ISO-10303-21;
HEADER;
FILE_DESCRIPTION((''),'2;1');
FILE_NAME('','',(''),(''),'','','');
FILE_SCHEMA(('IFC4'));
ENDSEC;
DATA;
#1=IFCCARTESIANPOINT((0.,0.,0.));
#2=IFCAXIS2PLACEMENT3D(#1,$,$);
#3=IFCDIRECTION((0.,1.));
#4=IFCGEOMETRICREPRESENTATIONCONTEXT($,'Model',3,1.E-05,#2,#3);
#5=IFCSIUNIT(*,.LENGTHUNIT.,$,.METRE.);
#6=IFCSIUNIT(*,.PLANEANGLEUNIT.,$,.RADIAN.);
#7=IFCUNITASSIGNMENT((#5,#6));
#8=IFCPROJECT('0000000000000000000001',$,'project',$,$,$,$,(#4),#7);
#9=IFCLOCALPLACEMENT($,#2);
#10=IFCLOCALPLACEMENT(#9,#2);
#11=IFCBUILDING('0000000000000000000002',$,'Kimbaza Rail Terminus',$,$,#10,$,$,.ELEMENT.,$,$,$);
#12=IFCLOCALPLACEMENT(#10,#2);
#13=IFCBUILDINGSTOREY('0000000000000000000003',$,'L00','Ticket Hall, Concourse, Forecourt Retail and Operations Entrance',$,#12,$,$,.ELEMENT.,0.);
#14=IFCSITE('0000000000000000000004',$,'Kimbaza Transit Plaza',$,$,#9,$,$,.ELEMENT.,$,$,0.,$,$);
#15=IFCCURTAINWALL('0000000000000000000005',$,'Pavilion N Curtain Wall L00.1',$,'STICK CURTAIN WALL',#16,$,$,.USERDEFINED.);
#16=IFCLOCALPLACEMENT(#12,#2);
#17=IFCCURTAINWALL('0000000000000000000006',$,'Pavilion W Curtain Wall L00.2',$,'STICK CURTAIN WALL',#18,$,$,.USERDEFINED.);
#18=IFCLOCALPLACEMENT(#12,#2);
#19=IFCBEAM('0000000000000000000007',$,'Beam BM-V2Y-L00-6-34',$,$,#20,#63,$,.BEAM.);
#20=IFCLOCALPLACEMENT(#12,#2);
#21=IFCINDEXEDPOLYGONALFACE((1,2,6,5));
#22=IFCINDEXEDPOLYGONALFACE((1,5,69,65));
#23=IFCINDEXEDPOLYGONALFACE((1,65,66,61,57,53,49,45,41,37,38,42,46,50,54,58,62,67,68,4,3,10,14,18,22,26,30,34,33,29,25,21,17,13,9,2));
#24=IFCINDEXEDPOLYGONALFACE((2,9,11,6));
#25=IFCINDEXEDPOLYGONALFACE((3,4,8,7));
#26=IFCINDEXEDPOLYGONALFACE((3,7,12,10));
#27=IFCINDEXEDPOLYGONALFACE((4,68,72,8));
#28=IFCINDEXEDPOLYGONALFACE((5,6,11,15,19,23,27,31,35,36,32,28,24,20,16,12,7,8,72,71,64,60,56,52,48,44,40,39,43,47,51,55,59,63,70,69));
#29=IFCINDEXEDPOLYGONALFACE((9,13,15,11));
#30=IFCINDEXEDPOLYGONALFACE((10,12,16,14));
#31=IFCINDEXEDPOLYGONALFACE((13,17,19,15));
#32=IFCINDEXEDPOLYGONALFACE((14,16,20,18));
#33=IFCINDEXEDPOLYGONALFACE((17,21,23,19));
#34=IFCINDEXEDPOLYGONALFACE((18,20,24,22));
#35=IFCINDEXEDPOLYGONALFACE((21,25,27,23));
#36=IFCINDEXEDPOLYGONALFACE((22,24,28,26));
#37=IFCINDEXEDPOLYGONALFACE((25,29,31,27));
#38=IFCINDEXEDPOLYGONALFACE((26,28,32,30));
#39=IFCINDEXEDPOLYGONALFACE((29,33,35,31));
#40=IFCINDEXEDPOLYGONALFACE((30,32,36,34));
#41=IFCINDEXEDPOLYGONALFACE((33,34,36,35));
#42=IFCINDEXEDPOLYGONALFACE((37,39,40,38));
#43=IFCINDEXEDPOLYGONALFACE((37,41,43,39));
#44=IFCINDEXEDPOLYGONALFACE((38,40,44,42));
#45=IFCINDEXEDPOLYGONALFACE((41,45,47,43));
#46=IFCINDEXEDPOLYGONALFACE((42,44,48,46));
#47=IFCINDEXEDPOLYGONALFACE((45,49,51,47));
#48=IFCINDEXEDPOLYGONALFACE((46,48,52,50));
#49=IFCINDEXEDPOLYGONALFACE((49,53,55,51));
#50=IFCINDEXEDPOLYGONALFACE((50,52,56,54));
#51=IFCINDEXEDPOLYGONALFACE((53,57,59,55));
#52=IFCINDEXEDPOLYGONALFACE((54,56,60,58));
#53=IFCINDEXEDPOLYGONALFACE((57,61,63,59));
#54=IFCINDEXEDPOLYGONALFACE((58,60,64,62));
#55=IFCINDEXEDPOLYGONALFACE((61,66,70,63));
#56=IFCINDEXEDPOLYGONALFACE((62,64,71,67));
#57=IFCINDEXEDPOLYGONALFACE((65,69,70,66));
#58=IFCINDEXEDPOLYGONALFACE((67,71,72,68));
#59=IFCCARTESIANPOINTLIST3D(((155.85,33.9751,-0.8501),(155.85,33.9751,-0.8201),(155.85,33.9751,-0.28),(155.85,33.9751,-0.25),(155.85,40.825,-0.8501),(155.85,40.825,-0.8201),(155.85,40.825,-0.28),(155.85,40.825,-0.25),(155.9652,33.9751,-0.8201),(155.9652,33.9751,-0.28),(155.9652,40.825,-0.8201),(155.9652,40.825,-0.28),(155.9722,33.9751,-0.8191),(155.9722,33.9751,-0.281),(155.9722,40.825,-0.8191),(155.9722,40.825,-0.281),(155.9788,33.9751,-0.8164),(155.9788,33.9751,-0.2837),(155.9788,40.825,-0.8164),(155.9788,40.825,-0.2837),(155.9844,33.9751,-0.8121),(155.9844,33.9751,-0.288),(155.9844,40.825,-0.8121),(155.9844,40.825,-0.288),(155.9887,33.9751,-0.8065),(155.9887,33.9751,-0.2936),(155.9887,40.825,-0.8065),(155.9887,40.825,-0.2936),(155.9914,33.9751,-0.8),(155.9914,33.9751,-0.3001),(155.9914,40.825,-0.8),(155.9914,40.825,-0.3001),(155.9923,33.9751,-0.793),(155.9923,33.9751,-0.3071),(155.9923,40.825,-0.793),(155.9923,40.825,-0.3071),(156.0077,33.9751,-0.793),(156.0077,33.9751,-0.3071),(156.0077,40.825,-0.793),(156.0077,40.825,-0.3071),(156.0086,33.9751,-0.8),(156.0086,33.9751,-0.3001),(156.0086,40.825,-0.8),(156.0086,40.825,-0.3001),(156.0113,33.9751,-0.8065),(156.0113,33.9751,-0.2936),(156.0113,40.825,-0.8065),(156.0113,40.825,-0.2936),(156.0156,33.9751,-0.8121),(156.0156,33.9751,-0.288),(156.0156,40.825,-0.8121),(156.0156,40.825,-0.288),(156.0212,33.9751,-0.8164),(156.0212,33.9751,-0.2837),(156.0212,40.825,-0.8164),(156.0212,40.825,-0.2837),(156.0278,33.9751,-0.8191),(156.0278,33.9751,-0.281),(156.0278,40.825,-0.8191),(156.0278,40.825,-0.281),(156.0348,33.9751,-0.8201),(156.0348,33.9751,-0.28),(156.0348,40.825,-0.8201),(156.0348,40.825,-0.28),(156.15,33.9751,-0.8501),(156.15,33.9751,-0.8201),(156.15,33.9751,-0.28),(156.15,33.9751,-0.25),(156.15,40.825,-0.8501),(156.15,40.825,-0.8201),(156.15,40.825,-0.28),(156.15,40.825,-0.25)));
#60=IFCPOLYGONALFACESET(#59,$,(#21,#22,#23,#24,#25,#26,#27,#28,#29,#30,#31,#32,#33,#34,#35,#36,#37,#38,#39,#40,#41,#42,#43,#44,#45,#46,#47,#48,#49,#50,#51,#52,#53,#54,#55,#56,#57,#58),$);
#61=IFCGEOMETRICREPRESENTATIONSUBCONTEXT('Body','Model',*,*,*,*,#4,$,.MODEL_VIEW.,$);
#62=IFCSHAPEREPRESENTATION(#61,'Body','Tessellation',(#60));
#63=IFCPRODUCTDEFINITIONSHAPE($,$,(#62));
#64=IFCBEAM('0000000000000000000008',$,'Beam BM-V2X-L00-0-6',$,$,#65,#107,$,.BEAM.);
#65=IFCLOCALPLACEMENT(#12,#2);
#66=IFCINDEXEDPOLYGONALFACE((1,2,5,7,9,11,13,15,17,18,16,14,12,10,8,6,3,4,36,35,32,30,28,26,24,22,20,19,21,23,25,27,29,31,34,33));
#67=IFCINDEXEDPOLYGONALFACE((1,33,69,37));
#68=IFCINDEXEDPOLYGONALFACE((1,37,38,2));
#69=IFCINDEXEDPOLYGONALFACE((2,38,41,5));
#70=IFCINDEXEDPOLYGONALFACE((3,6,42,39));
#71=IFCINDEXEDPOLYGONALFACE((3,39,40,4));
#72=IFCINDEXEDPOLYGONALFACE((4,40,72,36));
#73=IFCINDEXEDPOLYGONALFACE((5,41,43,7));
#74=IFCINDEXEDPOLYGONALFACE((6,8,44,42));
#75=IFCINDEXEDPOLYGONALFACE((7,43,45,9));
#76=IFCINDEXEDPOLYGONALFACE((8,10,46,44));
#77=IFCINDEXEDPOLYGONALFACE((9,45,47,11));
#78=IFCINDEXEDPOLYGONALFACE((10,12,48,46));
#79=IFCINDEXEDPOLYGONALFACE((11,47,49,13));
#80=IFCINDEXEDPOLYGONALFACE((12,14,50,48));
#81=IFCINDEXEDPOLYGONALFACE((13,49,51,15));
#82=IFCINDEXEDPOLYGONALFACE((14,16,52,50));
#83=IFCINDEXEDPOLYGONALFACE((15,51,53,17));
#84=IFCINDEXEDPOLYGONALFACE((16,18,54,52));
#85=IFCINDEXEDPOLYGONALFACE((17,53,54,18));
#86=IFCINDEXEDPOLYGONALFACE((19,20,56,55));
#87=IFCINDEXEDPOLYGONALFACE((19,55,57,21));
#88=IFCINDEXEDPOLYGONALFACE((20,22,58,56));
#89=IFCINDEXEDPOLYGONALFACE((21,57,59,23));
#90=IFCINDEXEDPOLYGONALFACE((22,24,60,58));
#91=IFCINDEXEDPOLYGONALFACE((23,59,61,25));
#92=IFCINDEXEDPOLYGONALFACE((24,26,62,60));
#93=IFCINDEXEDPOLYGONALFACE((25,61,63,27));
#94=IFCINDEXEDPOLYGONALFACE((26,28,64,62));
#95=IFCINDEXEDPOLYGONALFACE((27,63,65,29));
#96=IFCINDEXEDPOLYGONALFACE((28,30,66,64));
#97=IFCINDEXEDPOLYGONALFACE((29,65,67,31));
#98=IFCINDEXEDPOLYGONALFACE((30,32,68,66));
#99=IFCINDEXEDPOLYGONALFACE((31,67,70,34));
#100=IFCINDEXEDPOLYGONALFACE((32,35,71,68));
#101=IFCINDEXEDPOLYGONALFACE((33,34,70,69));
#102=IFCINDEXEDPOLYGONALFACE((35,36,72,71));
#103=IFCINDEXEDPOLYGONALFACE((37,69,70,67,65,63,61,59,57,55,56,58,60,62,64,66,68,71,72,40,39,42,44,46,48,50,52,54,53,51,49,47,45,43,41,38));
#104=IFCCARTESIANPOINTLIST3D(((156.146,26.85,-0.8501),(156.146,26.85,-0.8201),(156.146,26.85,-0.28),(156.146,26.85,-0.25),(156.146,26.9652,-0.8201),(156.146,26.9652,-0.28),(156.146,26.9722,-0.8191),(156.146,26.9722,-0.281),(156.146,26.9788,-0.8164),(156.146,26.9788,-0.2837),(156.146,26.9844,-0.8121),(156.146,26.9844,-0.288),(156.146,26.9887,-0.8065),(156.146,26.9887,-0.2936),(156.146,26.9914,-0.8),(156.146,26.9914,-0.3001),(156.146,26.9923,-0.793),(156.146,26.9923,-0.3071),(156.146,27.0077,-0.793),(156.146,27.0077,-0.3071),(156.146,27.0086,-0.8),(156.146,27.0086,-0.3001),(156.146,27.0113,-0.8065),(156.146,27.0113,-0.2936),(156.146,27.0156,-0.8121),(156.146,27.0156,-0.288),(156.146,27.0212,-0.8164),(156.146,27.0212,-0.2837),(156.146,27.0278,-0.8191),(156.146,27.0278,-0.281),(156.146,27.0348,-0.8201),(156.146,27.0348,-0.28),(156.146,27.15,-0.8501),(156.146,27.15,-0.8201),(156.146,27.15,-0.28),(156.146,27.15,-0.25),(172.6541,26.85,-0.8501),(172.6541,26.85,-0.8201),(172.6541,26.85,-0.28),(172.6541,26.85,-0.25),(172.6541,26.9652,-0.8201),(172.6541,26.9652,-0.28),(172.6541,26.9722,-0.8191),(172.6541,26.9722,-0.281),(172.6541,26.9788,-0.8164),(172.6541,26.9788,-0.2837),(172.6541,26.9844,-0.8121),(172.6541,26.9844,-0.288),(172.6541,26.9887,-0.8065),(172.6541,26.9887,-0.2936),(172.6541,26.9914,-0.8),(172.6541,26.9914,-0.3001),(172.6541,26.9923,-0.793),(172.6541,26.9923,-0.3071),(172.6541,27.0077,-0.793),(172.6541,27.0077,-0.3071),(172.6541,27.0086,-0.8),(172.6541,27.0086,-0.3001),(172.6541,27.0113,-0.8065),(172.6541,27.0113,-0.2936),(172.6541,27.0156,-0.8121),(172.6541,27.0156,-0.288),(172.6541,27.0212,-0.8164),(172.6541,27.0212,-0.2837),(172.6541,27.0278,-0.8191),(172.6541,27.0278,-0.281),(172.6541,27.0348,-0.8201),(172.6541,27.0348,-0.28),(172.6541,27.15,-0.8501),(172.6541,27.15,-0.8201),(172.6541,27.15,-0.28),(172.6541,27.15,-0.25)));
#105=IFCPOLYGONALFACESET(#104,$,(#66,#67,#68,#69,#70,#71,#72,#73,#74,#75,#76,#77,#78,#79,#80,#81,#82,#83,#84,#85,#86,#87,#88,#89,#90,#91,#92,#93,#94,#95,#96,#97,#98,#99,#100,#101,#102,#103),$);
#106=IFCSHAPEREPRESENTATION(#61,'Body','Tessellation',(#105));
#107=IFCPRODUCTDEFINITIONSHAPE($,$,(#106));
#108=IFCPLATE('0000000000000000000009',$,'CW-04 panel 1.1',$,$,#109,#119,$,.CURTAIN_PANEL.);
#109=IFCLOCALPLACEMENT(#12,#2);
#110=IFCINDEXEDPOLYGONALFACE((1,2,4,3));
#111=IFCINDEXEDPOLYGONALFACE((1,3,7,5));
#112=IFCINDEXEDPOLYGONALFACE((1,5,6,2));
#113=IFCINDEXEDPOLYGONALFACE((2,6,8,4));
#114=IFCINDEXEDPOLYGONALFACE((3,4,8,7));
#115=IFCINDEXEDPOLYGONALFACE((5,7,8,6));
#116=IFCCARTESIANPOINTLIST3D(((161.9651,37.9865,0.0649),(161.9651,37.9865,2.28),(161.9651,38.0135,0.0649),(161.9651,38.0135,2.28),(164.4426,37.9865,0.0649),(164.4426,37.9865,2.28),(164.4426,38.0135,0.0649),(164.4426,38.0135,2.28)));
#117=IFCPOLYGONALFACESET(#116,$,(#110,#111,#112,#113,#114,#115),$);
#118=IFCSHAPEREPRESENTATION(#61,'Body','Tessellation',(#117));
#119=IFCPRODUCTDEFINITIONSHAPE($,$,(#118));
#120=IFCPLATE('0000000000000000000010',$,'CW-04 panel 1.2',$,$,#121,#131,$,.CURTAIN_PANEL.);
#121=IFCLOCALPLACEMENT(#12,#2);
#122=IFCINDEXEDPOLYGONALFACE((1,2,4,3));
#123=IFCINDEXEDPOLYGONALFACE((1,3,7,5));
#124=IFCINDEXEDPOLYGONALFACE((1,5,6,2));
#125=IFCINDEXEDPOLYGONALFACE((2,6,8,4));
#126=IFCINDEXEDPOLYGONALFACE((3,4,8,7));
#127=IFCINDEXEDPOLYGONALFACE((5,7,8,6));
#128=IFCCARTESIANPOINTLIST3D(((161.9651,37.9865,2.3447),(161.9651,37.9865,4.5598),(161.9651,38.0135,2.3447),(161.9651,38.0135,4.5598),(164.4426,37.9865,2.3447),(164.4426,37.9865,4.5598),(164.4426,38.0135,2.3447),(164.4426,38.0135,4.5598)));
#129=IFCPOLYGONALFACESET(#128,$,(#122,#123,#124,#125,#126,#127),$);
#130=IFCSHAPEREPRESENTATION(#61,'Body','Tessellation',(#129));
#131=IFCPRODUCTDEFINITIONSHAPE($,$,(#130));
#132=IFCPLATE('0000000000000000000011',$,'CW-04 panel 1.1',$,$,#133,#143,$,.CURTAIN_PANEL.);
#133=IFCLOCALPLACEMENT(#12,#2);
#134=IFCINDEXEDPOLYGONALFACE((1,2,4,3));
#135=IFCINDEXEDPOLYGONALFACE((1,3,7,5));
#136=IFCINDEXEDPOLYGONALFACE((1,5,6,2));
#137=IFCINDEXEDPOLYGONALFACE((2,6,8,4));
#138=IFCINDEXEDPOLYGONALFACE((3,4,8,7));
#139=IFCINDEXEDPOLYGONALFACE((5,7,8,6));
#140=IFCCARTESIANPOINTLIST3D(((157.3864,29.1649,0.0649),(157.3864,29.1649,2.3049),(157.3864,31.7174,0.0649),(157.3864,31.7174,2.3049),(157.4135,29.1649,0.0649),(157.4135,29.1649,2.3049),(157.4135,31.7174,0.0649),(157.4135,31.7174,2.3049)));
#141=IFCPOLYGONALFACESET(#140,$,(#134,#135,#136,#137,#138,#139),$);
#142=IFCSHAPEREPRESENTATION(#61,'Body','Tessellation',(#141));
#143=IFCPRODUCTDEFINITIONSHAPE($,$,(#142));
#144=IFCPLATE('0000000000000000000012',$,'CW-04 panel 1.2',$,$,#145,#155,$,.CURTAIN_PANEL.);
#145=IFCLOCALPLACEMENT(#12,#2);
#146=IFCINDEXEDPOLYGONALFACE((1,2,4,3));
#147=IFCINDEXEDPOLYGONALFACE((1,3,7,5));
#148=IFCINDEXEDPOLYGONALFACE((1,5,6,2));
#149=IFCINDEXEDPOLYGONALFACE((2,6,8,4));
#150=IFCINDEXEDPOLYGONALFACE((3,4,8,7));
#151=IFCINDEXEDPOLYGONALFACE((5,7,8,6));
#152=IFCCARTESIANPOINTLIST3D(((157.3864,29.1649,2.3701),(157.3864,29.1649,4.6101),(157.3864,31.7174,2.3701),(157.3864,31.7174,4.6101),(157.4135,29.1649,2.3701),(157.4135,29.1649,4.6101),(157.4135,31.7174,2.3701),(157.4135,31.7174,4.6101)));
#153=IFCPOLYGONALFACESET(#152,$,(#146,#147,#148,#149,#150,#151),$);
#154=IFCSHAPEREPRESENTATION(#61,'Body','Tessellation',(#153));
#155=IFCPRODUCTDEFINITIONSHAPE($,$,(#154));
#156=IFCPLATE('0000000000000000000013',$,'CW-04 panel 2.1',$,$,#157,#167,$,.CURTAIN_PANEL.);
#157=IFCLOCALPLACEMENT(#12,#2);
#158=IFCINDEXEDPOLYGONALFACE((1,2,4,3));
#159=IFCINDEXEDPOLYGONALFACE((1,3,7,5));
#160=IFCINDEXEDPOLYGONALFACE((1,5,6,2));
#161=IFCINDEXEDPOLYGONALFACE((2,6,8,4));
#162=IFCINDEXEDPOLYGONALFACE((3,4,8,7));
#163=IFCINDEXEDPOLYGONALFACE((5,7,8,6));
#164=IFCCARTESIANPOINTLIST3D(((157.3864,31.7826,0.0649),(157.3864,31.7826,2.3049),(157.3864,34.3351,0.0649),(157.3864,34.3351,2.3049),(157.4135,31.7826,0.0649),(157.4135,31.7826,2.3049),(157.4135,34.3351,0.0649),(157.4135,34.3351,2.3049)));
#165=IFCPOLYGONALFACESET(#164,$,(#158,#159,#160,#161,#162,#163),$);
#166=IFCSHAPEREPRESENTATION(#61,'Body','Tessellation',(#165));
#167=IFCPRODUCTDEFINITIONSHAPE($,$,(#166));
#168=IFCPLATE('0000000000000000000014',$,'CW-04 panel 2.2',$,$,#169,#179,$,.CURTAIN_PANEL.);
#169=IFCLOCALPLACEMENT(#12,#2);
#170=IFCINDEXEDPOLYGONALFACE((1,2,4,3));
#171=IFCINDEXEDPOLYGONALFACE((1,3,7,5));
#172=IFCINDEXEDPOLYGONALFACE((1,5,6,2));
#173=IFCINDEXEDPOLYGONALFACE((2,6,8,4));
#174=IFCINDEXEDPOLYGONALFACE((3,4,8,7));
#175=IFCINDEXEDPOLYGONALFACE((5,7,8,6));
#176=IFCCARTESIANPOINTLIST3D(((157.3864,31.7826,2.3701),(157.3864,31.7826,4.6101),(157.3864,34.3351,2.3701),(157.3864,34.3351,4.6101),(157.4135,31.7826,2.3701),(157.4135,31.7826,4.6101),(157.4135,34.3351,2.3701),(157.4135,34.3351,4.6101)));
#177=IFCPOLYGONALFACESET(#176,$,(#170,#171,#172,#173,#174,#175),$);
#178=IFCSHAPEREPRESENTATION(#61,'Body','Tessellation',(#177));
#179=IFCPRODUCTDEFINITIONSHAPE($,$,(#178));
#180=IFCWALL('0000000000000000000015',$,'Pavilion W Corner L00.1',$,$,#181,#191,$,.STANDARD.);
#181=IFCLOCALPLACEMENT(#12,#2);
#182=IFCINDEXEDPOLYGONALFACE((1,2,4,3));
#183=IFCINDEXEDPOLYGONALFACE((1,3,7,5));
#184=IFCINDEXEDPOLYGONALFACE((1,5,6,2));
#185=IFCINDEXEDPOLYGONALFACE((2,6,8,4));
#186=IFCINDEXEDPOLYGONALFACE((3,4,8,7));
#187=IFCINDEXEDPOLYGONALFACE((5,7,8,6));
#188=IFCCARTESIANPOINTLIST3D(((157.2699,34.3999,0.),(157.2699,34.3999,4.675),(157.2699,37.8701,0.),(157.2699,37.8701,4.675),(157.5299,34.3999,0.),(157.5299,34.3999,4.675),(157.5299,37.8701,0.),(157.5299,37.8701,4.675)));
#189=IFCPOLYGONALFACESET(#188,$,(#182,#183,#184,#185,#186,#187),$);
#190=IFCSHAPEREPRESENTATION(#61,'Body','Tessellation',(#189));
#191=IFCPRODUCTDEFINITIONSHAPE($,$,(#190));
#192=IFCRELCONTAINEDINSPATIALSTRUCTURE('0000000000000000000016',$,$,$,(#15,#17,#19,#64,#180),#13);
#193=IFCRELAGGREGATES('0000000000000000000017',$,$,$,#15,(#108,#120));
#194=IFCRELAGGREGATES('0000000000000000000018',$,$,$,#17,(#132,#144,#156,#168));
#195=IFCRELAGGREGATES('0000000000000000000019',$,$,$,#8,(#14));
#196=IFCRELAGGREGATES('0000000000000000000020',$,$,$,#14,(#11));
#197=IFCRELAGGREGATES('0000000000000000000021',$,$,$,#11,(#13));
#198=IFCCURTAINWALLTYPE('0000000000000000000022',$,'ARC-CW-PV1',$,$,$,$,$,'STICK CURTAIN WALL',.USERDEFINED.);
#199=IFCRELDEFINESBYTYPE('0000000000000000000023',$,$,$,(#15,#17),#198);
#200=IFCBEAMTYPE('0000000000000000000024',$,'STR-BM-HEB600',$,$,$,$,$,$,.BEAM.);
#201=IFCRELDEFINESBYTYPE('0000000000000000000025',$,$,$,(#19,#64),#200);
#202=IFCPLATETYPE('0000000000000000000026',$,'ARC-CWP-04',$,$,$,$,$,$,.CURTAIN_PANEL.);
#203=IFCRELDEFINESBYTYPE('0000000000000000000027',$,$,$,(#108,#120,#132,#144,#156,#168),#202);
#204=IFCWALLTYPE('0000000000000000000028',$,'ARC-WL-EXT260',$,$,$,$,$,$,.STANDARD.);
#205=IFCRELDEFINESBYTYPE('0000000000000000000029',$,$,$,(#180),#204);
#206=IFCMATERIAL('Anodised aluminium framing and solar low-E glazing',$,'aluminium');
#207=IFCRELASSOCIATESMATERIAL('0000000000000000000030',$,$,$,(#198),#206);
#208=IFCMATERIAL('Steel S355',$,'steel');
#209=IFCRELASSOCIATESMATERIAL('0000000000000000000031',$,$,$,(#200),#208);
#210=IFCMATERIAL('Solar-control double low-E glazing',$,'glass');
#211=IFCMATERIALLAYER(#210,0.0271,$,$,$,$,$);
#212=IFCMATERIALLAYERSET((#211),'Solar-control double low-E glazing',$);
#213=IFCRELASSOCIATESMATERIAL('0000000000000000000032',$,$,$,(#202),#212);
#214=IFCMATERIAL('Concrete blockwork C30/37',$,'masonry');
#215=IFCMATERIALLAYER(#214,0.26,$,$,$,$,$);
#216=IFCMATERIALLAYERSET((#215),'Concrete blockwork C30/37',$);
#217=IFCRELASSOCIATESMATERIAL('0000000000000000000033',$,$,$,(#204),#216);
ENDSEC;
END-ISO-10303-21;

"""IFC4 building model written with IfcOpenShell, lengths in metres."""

from ifc_helpers import new_model, si_unit, direction, frame, frame_2d, origin, origin_2d, place, context, subcontext, project, spatial, rectangle, i_section, extrude, material, layer, layer_set, material_profile, profile_set, type_object, element, aggregate, save


model = new_model("IFC4")

# Units and contexts
model_context = context("Model", 3, precision=1e-05, world=origin(), true_north=direction((0.0, 1.0)))
body_context = subcontext(model_context, "Body", "Model", "MODEL_VIEW")
ifc_project = project(units=[si_unit("LENGTHUNIT", "METRE"), si_unit("PLANEANGLEUNIT", "RADIAN")], contexts=[model_context])

# Site, building, storey
site_placement = place(None, origin())
site = spatial("IfcSite", under=ifc_project, at=site_placement, Name="Kimbaza Transit Plaza", CompositionType="ELEMENT", RefElevation=0.0)
building_placement = place(site_placement, origin())
building = spatial("IfcBuilding", under=site, at=building_placement, Name="Kimbaza Rail Terminus", CompositionType="ELEMENT")
storey_placement = place(building_placement, origin())
storey = spatial("IfcBuildingStorey", under=building, at=storey_placement, Name="L00", Description="Ticket Hall, Concourse, Forecourt Retail and Operations Entrance", CompositionType="ELEMENT", Elevation=0.0)

# Curtain walls
ifc_material_1 = material(Name="Anodised aluminium framing and solar low-E glazing", Category="aluminium")
curtain_wall_type = type_object("IfcCurtainWallType", Name="ARC-CW-PV1", ElementType="STICK CURTAIN WALL", PredefinedType="USERDEFINED", material=ifc_material_1)
curtain_wall_1_placement = place(storey_placement, origin())
curtain_wall_1 = element("IfcCurtainWall", 1, at=curtain_wall_1_placement, inside=storey, type_object=curtain_wall_type, Name="Pavilion N Curtain Wall L00.1", ObjectType="STICK CURTAIN WALL", PredefinedType="USERDEFINED")
curtain_wall_2_placement = place(storey_placement, origin())
curtain_wall_2 = element("IfcCurtainWall", 2, at=curtain_wall_2_placement, inside=storey, type_object=curtain_wall_type, Name="Pavilion W Curtain Wall L00.2", ObjectType="STICK CURTAIN WALL", PredefinedType="USERDEFINED")

# Beams
ifc_material_2 = material(Name="Steel S355", Category="steel")
ifc_material_profile_1 = material_profile(ifc_material_2, i_section(OverallWidth=0.3, OverallDepth=0.6001, WebThickness=0.0154, FlangeThickness=0.03, FilletRadius=0.0271, at=origin_2d()), Name="HEB 600")
ifc_profile_set_1 = profile_set([ifc_material_profile_1], Name="Steel S355")
beam_type = type_object("IfcBeamType", Name="STR-BM-HEB600", PredefinedType="BEAM", material=ifc_profile_set_1)
beam_1_placement = place(storey_placement, frame((156.0, 33.9751, -0.55), z_axis=(0.0, 1.0, 0.0), x_axis=(-1.0, 0.0, 0.0)))
element("IfcBeam", 3, at=beam_1_placement, inside=storey, type_object=beam_type, Name="Beam BM-V2Y-L00-6-34", PredefinedType="BEAM", context=body_context, shape_type="SweptSolid", body=[
    extrude(i_section(OverallWidth=0.3, OverallDepth=0.6001, WebThickness=0.0154, FlangeThickness=0.03, FilletRadius=0.0271, at=origin_2d()), origin(), (0.0, 0.0, 1.0), 6.8499),
])
beam_2_placement = place(storey_placement, frame((156.146, 27.0, -0.55), z_axis=(1.0, 0.0, 0.0), x_axis=(0.0, 1.0, 0.0)))
element("IfcBeam", 4, at=beam_2_placement, inside=storey, type_object=beam_type, Name="Beam BM-V2X-L00-0-6", PredefinedType="BEAM", context=body_context, shape_type="SweptSolid", body=[
    extrude(i_section(OverallWidth=0.3, OverallDepth=0.6001, WebThickness=0.0154, FlangeThickness=0.03, FilletRadius=0.0271, at=origin_2d()), origin(), (0.0, 0.0, 1.0), 16.5081),
])

# Plates
ifc_material_3 = material(Name="Solar-control double low-E glazing", Category="glass")
ifc_layer_1 = layer(ifc_material_3, 0.0271)
ifc_layer_set_1 = layer_set([ifc_layer_1], Name="Solar-control double low-E glazing")
plate_type = type_object("IfcPlateType", Name="ARC-CWP-04", PredefinedType="CURTAIN_PANEL", material=ifc_layer_set_1)
plate_1_placement = place(storey_placement, frame((163.2039, 38.0, 0.0649), z_axis=(0.0, 0.0, 1.0), x_axis=(1.0, 0.0, 0.0)))
plate_1 = element("IfcPlate", 5, at=plate_1_placement, type_object=plate_type, Name="CW-04 panel 1.1", PredefinedType="CURTAIN_PANEL", context=body_context, shape_type="SweptSolid", body=[
    extrude(rectangle(XDim=2.4775, YDim=0.0271, at=origin_2d()), origin(), (0.0, 0.0, 1.0), 2.2151),
])
plate_2_placement = place(storey_placement, frame((163.2039, 38.0, 2.3447), z_axis=(0.0, 0.0, 1.0), x_axis=(1.0, 0.0, 0.0)))
plate_2 = element("IfcPlate", 6, at=plate_2_placement, type_object=plate_type, Name="CW-04 panel 1.2", PredefinedType="CURTAIN_PANEL", context=body_context, shape_type="SweptSolid", body=[
    extrude(rectangle(XDim=2.4775, YDim=0.0271, at=origin_2d()), origin(), (0.0, 0.0, 1.0), 2.2151),
])
aggregate(curtain_wall_1, [plate_1, plate_2])
plate_3_placement = place(storey_placement, frame((157.3999, 30.4412, 0.0649), z_axis=(0.0, 0.0, 1.0), x_axis=(0.0, 1.0, 0.0)))
plate_3 = element("IfcPlate", 7, at=plate_3_placement, type_object=plate_type, Name="CW-04 panel 1.1", PredefinedType="CURTAIN_PANEL", context=body_context, shape_type="SweptSolid", body=[
    extrude(rectangle(XDim=2.5525, YDim=0.0271, at=origin_2d()), origin(), (0.0, 0.0, 1.0), 2.24),
])
plate_4_placement = place(storey_placement, frame((157.3999, 30.4412, 2.3701), z_axis=(0.0, 0.0, 1.0), x_axis=(0.0, 1.0, 0.0)))
plate_4 = element("IfcPlate", 8, at=plate_4_placement, type_object=plate_type, Name="CW-04 panel 1.2", PredefinedType="CURTAIN_PANEL", context=body_context, shape_type="SweptSolid", body=[
    extrude(rectangle(XDim=2.5525, YDim=0.0271, at=origin_2d()), origin(), (0.0, 0.0, 1.0), 2.24),
])
plate_5_placement = place(storey_placement, frame((157.3999, 33.0588, 0.0649), z_axis=(0.0, 0.0, 1.0), x_axis=(0.0, 1.0, 0.0)))
plate_5 = element("IfcPlate", 9, at=plate_5_placement, type_object=plate_type, Name="CW-04 panel 2.1", PredefinedType="CURTAIN_PANEL", context=body_context, shape_type="SweptSolid", body=[
    extrude(rectangle(XDim=2.5525, YDim=0.0271, at=origin_2d()), origin(), (0.0, 0.0, 1.0), 2.24),
])
plate_6_placement = place(storey_placement, frame((157.3999, 33.0588, 2.3701), z_axis=(0.0, 0.0, 1.0), x_axis=(0.0, 1.0, 0.0)))
plate_6 = element("IfcPlate", 10, at=plate_6_placement, type_object=plate_type, Name="CW-04 panel 2.2", PredefinedType="CURTAIN_PANEL", context=body_context, shape_type="SweptSolid", body=[
    extrude(rectangle(XDim=2.5525, YDim=0.0271, at=origin_2d()), origin(), (0.0, 0.0, 1.0), 2.24),
])
aggregate(curtain_wall_2, [plate_3, plate_4, plate_5, plate_6])

# Shared definitions
ifc_material_4 = material(Name="Concrete blockwork C30/37", Category="masonry")
ifc_layer_2 = layer(ifc_material_4, 0.26)
ifc_layer_set_2 = layer_set([ifc_layer_2], Name="Concrete blockwork C30/37")
wall_type_1 = type_object("IfcWallType", Name="ARC-WL-EXT260", PredefinedType="STANDARD", material=ifc_layer_set_2)

# Wall
wall_1_placement = place(storey_placement, frame((157.3999, 34.3999, 0.0), z_axis=(0.0, 0.0, 1.0), x_axis=(0.0, 1.0, 0.0)))
element("IfcWall", 11, at=wall_1_placement, inside=storey, type_object=wall_type_1, Name="Pavilion W Corner L00.1", PredefinedType="STANDARD", context=body_context, shape_type="SweptSolid", body=[
    extrude(rectangle(XDim=3.4702, YDim=0.26, at=frame_2d((1.7351, 0.0))), origin(), (0.0, 0.0, 1.0), 4.675),
])

save(model, "model.ifc")
